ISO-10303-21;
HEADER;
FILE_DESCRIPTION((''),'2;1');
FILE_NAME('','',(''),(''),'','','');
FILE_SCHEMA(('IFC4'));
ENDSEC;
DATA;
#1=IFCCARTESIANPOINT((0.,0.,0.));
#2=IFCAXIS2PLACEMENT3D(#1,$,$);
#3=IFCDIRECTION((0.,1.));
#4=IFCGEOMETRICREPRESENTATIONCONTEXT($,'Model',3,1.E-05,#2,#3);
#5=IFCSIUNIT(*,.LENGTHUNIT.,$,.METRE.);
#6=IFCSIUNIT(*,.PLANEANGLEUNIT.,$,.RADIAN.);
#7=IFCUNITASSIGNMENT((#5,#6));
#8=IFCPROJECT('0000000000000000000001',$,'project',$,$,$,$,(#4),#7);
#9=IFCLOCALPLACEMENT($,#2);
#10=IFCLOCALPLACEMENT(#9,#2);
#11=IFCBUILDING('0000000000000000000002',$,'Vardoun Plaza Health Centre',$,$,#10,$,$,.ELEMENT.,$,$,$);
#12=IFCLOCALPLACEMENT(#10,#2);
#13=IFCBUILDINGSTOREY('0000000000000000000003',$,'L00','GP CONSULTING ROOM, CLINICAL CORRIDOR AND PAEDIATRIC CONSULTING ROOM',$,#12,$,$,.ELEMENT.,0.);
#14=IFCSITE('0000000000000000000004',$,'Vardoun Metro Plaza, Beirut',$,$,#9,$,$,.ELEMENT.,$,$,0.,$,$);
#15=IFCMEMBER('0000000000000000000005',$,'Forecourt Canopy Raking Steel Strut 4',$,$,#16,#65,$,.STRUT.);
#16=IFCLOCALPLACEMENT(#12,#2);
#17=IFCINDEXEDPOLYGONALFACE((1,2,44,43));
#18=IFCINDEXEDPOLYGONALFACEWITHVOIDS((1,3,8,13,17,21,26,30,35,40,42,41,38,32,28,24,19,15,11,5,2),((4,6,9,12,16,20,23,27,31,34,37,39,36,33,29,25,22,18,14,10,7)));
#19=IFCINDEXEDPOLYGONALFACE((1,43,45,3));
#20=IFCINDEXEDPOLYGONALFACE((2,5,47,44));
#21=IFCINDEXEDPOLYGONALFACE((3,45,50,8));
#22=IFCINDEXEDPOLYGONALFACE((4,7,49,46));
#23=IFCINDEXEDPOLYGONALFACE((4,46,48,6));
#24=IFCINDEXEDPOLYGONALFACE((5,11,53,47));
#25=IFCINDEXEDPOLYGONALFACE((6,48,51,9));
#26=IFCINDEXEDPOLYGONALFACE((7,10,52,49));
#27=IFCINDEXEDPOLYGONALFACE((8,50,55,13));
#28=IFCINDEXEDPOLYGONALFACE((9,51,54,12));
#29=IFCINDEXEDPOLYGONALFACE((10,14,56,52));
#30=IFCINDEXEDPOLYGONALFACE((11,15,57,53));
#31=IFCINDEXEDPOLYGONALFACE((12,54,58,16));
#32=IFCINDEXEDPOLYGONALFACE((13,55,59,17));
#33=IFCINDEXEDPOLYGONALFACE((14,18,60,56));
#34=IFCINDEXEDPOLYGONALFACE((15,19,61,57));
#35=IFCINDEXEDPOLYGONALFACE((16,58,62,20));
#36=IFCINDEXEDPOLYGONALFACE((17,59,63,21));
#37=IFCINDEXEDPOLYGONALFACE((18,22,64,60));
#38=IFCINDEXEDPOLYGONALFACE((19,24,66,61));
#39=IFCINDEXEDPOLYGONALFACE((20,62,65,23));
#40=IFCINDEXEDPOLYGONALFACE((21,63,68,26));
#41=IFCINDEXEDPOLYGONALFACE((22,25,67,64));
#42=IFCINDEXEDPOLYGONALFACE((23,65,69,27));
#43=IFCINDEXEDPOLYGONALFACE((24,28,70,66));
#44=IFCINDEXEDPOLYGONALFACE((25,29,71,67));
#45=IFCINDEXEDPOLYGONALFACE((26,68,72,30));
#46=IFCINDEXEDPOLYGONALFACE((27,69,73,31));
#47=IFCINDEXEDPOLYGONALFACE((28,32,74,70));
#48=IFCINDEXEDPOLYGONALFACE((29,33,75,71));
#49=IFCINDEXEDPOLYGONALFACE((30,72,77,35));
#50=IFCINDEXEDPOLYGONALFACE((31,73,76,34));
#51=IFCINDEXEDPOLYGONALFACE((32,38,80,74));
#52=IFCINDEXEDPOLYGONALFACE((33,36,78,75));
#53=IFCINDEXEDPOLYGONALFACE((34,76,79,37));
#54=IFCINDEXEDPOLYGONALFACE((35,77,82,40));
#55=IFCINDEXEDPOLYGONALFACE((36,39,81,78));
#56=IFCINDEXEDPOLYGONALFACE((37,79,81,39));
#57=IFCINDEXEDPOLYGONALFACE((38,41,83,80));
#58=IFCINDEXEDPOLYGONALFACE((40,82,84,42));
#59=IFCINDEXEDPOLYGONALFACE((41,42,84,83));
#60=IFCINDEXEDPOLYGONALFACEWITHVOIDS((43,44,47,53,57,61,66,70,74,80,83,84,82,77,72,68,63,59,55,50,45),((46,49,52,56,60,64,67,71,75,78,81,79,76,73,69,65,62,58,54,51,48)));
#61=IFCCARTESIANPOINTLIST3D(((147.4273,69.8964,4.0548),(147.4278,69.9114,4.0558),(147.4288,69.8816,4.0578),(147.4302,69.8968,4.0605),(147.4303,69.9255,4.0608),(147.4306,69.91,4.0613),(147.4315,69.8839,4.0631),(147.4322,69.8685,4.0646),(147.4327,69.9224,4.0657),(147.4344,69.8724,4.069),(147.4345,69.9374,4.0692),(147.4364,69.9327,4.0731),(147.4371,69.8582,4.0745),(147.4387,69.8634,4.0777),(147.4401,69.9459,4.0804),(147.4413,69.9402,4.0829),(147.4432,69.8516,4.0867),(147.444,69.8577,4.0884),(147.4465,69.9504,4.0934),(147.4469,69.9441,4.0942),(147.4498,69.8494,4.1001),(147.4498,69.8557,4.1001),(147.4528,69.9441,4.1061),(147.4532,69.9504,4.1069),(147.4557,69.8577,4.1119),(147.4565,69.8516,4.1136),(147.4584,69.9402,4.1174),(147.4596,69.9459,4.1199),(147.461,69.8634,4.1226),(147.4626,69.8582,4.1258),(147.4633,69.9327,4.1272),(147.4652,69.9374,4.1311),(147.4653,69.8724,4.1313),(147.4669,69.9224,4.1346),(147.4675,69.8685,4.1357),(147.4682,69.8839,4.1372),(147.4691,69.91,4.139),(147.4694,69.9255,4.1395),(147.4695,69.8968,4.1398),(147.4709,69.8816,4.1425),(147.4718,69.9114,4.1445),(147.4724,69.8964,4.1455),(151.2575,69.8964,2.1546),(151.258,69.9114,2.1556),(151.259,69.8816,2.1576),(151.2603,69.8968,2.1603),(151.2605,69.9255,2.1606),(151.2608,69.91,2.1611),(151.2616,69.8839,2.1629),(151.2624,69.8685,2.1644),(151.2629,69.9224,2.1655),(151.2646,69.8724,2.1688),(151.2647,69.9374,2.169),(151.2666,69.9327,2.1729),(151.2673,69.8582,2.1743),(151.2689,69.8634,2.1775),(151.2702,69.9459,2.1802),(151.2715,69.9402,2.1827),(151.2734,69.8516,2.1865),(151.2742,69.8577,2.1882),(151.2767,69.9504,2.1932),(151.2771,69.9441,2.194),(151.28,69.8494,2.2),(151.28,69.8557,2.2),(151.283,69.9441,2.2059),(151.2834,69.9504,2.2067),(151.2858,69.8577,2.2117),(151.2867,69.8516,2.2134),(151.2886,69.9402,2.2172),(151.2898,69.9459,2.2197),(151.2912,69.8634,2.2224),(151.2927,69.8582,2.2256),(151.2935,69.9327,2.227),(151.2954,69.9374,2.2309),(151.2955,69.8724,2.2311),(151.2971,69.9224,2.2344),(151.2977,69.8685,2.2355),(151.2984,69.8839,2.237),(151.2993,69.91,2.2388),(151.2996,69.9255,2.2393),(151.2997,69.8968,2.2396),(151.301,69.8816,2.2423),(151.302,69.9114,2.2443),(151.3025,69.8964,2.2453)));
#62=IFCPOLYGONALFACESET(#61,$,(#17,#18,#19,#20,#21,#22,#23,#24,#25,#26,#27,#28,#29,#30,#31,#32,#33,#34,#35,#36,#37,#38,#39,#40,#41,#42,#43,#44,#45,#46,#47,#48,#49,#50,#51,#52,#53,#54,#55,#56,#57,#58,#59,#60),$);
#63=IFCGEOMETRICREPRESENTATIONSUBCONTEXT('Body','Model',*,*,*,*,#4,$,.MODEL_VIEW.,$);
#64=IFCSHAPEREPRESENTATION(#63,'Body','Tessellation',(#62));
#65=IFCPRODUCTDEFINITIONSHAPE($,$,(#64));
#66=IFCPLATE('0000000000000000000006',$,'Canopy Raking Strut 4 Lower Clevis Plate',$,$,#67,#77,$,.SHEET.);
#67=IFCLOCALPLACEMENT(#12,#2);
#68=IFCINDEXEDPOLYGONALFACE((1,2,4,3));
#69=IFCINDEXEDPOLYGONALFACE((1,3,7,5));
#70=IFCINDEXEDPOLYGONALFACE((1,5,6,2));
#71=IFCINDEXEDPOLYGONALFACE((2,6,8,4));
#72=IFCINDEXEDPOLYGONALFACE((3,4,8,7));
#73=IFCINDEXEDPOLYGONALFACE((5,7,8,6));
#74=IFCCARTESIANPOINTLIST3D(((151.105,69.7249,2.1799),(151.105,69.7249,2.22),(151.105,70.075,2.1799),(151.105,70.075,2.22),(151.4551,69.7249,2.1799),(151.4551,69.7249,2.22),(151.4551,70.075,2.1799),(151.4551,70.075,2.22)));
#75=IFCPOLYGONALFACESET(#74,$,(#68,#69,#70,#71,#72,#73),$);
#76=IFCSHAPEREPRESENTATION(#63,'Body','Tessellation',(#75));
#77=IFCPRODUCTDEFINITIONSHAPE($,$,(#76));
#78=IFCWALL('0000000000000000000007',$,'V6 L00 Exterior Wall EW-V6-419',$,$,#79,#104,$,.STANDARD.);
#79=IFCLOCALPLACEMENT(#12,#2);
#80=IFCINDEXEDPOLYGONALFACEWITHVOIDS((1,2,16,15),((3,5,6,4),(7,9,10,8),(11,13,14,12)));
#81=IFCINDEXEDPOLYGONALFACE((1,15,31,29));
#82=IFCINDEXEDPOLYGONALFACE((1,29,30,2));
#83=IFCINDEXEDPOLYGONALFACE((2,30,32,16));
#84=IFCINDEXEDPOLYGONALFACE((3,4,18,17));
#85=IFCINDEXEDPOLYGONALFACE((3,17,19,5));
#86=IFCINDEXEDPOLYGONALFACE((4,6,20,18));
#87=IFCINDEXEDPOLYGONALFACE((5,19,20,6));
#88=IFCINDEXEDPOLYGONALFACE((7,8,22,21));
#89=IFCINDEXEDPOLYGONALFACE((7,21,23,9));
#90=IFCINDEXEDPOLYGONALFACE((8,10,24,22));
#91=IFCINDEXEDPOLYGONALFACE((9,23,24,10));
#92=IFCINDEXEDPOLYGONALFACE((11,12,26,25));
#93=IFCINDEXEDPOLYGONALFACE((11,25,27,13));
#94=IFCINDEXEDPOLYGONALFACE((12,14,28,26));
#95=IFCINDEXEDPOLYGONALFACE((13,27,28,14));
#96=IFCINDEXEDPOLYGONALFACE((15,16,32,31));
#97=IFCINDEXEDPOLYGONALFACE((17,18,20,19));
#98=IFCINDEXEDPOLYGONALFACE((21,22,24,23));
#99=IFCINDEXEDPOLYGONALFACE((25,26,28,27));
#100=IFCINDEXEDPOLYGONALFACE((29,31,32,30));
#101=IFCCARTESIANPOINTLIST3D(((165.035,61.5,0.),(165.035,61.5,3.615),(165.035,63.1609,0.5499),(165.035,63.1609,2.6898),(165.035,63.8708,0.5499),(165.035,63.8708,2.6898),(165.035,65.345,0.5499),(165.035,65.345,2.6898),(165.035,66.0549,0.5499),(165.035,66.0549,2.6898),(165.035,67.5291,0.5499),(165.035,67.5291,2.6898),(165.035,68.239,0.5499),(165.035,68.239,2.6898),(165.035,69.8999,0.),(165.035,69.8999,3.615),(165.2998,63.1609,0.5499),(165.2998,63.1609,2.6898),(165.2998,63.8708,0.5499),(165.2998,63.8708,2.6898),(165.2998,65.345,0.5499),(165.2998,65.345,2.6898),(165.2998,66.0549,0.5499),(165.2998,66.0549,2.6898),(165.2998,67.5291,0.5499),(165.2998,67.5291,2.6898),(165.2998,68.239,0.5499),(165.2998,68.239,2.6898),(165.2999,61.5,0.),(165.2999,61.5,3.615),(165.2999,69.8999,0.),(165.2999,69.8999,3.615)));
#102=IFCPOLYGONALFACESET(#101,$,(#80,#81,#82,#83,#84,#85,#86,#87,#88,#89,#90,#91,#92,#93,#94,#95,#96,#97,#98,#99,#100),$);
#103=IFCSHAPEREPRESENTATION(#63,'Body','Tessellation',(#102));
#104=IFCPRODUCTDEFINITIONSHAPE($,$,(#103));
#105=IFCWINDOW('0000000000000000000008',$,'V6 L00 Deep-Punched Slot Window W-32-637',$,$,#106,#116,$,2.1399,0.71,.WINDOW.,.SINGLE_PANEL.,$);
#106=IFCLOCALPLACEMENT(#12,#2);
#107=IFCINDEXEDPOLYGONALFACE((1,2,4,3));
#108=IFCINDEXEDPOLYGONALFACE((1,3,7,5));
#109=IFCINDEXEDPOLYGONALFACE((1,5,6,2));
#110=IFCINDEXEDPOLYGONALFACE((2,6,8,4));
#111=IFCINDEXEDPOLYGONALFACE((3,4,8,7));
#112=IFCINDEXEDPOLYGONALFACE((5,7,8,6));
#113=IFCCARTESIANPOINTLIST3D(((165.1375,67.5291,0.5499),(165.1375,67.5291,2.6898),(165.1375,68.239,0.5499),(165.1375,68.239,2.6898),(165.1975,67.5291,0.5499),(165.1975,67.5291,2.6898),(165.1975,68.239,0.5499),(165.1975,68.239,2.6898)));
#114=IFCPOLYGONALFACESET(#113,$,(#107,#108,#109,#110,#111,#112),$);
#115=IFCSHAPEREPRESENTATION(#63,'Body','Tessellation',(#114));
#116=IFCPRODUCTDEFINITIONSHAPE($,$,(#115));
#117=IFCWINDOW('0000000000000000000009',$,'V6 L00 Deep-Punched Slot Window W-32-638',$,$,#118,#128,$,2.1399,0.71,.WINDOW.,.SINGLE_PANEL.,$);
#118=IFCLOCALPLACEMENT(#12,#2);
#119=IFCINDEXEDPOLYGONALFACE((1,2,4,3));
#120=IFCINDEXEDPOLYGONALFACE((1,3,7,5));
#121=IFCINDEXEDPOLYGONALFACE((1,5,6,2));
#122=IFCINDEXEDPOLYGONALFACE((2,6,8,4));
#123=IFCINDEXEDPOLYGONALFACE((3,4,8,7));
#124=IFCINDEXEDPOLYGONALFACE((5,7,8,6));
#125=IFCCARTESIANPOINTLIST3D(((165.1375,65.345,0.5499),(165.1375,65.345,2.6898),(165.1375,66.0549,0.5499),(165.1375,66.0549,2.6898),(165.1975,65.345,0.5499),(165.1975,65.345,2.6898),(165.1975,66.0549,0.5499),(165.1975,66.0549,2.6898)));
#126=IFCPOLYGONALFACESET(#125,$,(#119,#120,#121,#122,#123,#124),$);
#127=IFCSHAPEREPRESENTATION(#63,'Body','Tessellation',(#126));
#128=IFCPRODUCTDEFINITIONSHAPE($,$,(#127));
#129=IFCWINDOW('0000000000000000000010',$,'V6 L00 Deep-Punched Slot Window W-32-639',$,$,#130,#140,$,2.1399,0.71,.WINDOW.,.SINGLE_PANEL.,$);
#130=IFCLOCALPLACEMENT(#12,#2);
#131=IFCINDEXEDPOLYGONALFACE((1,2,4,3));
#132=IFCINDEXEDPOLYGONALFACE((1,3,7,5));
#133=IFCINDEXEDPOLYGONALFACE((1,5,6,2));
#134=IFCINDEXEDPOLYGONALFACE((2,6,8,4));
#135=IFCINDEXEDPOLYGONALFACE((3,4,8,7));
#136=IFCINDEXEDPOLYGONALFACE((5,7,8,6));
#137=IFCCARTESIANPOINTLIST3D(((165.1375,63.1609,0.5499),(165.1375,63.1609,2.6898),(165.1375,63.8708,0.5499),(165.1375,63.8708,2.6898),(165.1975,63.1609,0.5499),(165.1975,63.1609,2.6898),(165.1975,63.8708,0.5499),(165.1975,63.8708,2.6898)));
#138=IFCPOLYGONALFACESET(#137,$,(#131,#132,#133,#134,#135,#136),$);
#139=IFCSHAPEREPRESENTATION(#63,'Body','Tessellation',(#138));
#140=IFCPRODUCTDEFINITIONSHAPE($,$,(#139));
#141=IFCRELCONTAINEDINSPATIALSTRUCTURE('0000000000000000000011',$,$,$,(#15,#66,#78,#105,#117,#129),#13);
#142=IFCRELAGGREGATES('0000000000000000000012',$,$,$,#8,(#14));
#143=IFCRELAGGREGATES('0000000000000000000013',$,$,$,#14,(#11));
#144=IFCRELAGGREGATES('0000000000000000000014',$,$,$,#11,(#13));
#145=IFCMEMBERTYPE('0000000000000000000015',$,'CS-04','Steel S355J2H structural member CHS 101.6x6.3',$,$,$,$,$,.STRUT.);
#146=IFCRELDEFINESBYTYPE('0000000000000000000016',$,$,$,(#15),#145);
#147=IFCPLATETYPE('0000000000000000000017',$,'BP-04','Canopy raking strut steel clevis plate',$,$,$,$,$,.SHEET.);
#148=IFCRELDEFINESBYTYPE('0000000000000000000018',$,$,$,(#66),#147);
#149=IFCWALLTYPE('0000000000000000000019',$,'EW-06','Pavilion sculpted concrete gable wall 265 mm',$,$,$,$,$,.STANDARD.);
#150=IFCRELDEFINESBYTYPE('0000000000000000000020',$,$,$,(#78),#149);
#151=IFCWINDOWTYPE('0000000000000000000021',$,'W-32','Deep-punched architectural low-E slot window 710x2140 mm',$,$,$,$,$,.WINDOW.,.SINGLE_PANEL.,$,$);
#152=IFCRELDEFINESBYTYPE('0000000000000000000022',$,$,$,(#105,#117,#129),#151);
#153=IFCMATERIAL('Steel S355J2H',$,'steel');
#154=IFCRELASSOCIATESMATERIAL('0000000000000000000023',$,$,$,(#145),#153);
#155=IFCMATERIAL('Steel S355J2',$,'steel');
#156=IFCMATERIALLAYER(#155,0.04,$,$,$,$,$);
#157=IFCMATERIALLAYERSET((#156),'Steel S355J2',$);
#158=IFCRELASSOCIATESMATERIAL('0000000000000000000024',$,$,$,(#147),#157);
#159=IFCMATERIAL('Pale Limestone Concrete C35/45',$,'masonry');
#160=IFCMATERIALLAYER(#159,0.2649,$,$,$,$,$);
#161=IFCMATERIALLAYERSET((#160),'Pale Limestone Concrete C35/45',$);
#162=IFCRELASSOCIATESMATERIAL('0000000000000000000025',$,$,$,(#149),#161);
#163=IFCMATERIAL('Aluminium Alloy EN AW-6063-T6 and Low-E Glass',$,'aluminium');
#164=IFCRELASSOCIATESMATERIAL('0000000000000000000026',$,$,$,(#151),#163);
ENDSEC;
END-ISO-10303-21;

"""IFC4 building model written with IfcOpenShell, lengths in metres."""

from ifc_helpers import new_model, si_unit, direction, frame, frame_2d, origin, origin_2d, place, context, subcontext, project, spatial, rectangle, hollow_circle, extrude, material, layer, layer_set, material_profile, profile_set, type_object, element, fill, save


model = new_model("IFC4")

# Units and contexts
model_context = context("Model", 3, precision=1e-05, world=origin(), true_north=direction((0.0, 1.0)))
body_context = subcontext(model_context, "Body", "Model", "MODEL_VIEW")
ifc_project = project(units=[si_unit("LENGTHUNIT", "METRE"), si_unit("PLANEANGLEUNIT", "RADIAN")], contexts=[model_context])

# Site, building, storey
site_placement = place(None, origin())
site = spatial("IfcSite", under=ifc_project, at=site_placement, Name="Vardoun Metro Plaza, Beirut", CompositionType="ELEMENT", RefElevation=0.0)
building_placement = place(site_placement, origin())
building = spatial("IfcBuilding", under=site, at=building_placement, Name="Vardoun Plaza Health Centre", CompositionType="ELEMENT")
storey_placement = place(building_placement, origin())
storey = spatial("IfcBuildingStorey", under=building, at=storey_placement, Name="L00", Description="GP CONSULTING ROOM, CLINICAL CORRIDOR AND PAEDIATRIC CONSULTING ROOM", CompositionType="ELEMENT", Elevation=0.0)

# Member
ifc_material_1 = material(Name="Steel S355J2H", Category="steel")
ifc_material_profile_1 = material_profile(ifc_material_1, hollow_circle(Radius=0.0508, WallThickness=0.0063, at=origin_2d()), Name="CHS 101.6x6.3")
ifc_profile_set_1 = profile_set([ifc_material_profile_1], Name="Steel S355J2H")
member_type = type_object("IfcMemberType", Name="CS-04", Description="Steel S355J2H structural member CHS 101.6x6.3", PredefinedType="STRUT", material=ifc_profile_set_1)
member_placement = place(storey_placement, frame((151.28, 69.9001, 2.2), z_axis=(-0.895816, 0.0, 0.444425), x_axis=(0.0, -1.0, 0.0)))
element("IfcMember", 1, at=member_placement, inside=storey, type_object=member_type, Name="Forecourt Canopy Raking Steel Strut 4", PredefinedType="STRUT", context=body_context, shape_type="SweptSolid", body=[
    extrude(hollow_circle(Radius=0.0508, WallThickness=0.0063, at=origin_2d()), origin(), (0.0, 0.0, 1.0), 4.2756),
])

# Plate
ifc_material_2 = material(Name="Steel S355J2", Category="steel")
ifc_layer_1 = layer(ifc_material_2, 0.04)
ifc_layer_set_1 = layer_set([ifc_layer_1], Name="Steel S355J2")
plate_type = type_object("IfcPlateType", Name="BP-04", Description="Canopy raking strut steel clevis plate", PredefinedType="SHEET", material=ifc_layer_set_1)
plate_placement = place(storey_placement, frame((151.28, 69.8999, 2.1799), z_axis=(0.0, 0.0, 1.0), x_axis=(1.0, 0.0, 0.0)))
element("IfcPlate", 2, at=plate_placement, inside=storey, type_object=plate_type, Name="Canopy Raking Strut 4 Lower Clevis Plate", PredefinedType="SHEET", context=body_context, shape_type="SweptSolid", body=[
    extrude(rectangle(XDim=0.3501, YDim=0.3501, at=origin_2d()), origin(), (0.0, 0.0, 1.0), 0.04),
])

# Wall, openings, windows
ifc_material_3 = material(Name="Pale Limestone Concrete C35/45", Category="masonry")
ifc_layer_2 = layer(ifc_material_3, 0.2649)
ifc_layer_set_2 = layer_set([ifc_layer_2], Name="Pale Limestone Concrete C35/45")
wall_type_1 = type_object("IfcWallType", Name="EW-06", Description="Pavilion sculpted concrete gable wall 265 mm", PredefinedType="STANDARD", material=ifc_layer_set_2)
wall_1_placement = place(storey_placement, frame((165.1675, 69.8999, 0.0), z_axis=(0.0, 0.0, 1.0), x_axis=(0.0, -1.0, 0.0)))
wall_1 = element("IfcWall", 3, at=wall_1_placement, inside=storey, type_object=wall_type_1, Name="V6 L00 Exterior Wall EW-V6-419", PredefinedType="STANDARD", context=body_context, shape_type="SweptSolid", body=[
    extrude(rectangle(XDim=8.3999, YDim=0.2649, at=frame_2d((4.2, 0.0))), origin(), (0.0, 0.0, 1.0), 3.615),
])
opening_1_placement = place(wall_1_placement, frame((1.6609, 0.0, 0.55)))
opening_1 = element("IfcOpeningElement", 4, at=opening_1_placement, cuts=wall_1, PredefinedType="OPENING", context=body_context, shape_type="SweptSolid", body=[
    extrude(rectangle(XDim=0.71, YDim=2.1399, at=frame_2d((0.355, 1.0698))), frame((0.0, 0.1323, 0.0), z_axis=(0.0, -1.0, 0.0), x_axis=(1.0, 0.0, 0.0)), (0.0, 0.0, 1.0), 0.2649),
])
opening_2_placement = place(wall_1_placement, frame((3.845, 0.0, 0.55)))
opening_2 = element("IfcOpeningElement", 5, at=opening_2_placement, cuts=wall_1, PredefinedType="OPENING", context=body_context, shape_type="SweptSolid", body=[
    extrude(rectangle(XDim=0.71, YDim=2.1399, at=frame_2d((0.355, 1.0698))), frame((0.0, 0.1323, 0.0), z_axis=(0.0, -1.0, 0.0), x_axis=(1.0, 0.0, 0.0)), (0.0, 0.0, 1.0), 0.2649),
])
opening_3_placement = place(wall_1_placement, frame((6.0291, 0.0, 0.55)))
opening_3 = element("IfcOpeningElement", 6, at=opening_3_placement, cuts=wall_1, PredefinedType="OPENING", context=body_context, shape_type="SweptSolid", body=[
    extrude(rectangle(XDim=0.71, YDim=2.1399, at=frame_2d((0.355, 1.0698))), frame((0.0, 0.1323, 0.0), z_axis=(0.0, -1.0, 0.0), x_axis=(1.0, 0.0, 0.0)), (0.0, 0.0, 1.0), 0.2649),
])
ifc_material_4 = material(Name="Aluminium Alloy EN AW-6063-T6 and Low-E Glass", Category="aluminium")
window_type_1 = type_object("IfcWindowType", Name="W-32", Description="Deep-punched architectural low-E slot window 710x2140 mm", PartitioningType="SINGLE_PANEL", PredefinedType="WINDOW", material=ifc_material_4)
window_1_placement = place(opening_1_placement, origin())
window_1 = element("IfcWindow", 7, at=window_1_placement, inside=storey, type_object=window_type_1, Name="V6 L00 Deep-Punched Slot Window W-32-637", OverallHeight=2.1399, OverallWidth=0.71, PartitioningType="SINGLE_PANEL", PredefinedType="WINDOW", context=body_context, shape_type="SweptSolid", body=[
    extrude(rectangle(XDim=0.71, YDim=2.1399, at=frame_2d((0.355, 1.0698))), frame((0.0, 0.03, 0.0), z_axis=(0.0, -1.0, 0.0), x_axis=(1.0, 0.0, 0.0)), (0.0, 0.0, 1.0), 0.0601),
])
fill(opening_1, window_1)
window_2_placement = place(opening_2_placement, origin())
window_2 = element("IfcWindow", 8, at=window_2_placement, inside=storey, type_object=window_type_1, Name="V6 L00 Deep-Punched Slot Window W-32-638", OverallHeight=2.1399, OverallWidth=0.71, PartitioningType="SINGLE_PANEL", PredefinedType="WINDOW", context=body_context, shape_type="SweptSolid", body=[
    extrude(rectangle(XDim=0.71, YDim=2.1399, at=frame_2d((0.355, 1.0698))), frame((0.0, 0.03, 0.0), z_axis=(0.0, -1.0, 0.0), x_axis=(1.0, 0.0, 0.0)), (0.0, 0.0, 1.0), 0.0601),
])
fill(opening_2, window_2)
window_3_placement = place(opening_3_placement, origin())
window_3 = element("IfcWindow", 9, at=window_3_placement, inside=storey, type_object=window_type_1, Name="V6 L00 Deep-Punched Slot Window W-32-639", OverallHeight=2.1399, OverallWidth=0.71, PartitioningType="SINGLE_PANEL", PredefinedType="WINDOW", context=body_context, shape_type="SweptSolid", body=[
    extrude(rectangle(XDim=0.71, YDim=2.1399, at=frame_2d((0.355, 1.0698))), frame((0.0, 0.03, 0.0), z_axis=(0.0, -1.0, 0.0), x_axis=(1.0, 0.0, 0.0)), (0.0, 0.0, 1.0), 0.0601),
])
fill(opening_3, window_3)

save(model, "model.ifc")
